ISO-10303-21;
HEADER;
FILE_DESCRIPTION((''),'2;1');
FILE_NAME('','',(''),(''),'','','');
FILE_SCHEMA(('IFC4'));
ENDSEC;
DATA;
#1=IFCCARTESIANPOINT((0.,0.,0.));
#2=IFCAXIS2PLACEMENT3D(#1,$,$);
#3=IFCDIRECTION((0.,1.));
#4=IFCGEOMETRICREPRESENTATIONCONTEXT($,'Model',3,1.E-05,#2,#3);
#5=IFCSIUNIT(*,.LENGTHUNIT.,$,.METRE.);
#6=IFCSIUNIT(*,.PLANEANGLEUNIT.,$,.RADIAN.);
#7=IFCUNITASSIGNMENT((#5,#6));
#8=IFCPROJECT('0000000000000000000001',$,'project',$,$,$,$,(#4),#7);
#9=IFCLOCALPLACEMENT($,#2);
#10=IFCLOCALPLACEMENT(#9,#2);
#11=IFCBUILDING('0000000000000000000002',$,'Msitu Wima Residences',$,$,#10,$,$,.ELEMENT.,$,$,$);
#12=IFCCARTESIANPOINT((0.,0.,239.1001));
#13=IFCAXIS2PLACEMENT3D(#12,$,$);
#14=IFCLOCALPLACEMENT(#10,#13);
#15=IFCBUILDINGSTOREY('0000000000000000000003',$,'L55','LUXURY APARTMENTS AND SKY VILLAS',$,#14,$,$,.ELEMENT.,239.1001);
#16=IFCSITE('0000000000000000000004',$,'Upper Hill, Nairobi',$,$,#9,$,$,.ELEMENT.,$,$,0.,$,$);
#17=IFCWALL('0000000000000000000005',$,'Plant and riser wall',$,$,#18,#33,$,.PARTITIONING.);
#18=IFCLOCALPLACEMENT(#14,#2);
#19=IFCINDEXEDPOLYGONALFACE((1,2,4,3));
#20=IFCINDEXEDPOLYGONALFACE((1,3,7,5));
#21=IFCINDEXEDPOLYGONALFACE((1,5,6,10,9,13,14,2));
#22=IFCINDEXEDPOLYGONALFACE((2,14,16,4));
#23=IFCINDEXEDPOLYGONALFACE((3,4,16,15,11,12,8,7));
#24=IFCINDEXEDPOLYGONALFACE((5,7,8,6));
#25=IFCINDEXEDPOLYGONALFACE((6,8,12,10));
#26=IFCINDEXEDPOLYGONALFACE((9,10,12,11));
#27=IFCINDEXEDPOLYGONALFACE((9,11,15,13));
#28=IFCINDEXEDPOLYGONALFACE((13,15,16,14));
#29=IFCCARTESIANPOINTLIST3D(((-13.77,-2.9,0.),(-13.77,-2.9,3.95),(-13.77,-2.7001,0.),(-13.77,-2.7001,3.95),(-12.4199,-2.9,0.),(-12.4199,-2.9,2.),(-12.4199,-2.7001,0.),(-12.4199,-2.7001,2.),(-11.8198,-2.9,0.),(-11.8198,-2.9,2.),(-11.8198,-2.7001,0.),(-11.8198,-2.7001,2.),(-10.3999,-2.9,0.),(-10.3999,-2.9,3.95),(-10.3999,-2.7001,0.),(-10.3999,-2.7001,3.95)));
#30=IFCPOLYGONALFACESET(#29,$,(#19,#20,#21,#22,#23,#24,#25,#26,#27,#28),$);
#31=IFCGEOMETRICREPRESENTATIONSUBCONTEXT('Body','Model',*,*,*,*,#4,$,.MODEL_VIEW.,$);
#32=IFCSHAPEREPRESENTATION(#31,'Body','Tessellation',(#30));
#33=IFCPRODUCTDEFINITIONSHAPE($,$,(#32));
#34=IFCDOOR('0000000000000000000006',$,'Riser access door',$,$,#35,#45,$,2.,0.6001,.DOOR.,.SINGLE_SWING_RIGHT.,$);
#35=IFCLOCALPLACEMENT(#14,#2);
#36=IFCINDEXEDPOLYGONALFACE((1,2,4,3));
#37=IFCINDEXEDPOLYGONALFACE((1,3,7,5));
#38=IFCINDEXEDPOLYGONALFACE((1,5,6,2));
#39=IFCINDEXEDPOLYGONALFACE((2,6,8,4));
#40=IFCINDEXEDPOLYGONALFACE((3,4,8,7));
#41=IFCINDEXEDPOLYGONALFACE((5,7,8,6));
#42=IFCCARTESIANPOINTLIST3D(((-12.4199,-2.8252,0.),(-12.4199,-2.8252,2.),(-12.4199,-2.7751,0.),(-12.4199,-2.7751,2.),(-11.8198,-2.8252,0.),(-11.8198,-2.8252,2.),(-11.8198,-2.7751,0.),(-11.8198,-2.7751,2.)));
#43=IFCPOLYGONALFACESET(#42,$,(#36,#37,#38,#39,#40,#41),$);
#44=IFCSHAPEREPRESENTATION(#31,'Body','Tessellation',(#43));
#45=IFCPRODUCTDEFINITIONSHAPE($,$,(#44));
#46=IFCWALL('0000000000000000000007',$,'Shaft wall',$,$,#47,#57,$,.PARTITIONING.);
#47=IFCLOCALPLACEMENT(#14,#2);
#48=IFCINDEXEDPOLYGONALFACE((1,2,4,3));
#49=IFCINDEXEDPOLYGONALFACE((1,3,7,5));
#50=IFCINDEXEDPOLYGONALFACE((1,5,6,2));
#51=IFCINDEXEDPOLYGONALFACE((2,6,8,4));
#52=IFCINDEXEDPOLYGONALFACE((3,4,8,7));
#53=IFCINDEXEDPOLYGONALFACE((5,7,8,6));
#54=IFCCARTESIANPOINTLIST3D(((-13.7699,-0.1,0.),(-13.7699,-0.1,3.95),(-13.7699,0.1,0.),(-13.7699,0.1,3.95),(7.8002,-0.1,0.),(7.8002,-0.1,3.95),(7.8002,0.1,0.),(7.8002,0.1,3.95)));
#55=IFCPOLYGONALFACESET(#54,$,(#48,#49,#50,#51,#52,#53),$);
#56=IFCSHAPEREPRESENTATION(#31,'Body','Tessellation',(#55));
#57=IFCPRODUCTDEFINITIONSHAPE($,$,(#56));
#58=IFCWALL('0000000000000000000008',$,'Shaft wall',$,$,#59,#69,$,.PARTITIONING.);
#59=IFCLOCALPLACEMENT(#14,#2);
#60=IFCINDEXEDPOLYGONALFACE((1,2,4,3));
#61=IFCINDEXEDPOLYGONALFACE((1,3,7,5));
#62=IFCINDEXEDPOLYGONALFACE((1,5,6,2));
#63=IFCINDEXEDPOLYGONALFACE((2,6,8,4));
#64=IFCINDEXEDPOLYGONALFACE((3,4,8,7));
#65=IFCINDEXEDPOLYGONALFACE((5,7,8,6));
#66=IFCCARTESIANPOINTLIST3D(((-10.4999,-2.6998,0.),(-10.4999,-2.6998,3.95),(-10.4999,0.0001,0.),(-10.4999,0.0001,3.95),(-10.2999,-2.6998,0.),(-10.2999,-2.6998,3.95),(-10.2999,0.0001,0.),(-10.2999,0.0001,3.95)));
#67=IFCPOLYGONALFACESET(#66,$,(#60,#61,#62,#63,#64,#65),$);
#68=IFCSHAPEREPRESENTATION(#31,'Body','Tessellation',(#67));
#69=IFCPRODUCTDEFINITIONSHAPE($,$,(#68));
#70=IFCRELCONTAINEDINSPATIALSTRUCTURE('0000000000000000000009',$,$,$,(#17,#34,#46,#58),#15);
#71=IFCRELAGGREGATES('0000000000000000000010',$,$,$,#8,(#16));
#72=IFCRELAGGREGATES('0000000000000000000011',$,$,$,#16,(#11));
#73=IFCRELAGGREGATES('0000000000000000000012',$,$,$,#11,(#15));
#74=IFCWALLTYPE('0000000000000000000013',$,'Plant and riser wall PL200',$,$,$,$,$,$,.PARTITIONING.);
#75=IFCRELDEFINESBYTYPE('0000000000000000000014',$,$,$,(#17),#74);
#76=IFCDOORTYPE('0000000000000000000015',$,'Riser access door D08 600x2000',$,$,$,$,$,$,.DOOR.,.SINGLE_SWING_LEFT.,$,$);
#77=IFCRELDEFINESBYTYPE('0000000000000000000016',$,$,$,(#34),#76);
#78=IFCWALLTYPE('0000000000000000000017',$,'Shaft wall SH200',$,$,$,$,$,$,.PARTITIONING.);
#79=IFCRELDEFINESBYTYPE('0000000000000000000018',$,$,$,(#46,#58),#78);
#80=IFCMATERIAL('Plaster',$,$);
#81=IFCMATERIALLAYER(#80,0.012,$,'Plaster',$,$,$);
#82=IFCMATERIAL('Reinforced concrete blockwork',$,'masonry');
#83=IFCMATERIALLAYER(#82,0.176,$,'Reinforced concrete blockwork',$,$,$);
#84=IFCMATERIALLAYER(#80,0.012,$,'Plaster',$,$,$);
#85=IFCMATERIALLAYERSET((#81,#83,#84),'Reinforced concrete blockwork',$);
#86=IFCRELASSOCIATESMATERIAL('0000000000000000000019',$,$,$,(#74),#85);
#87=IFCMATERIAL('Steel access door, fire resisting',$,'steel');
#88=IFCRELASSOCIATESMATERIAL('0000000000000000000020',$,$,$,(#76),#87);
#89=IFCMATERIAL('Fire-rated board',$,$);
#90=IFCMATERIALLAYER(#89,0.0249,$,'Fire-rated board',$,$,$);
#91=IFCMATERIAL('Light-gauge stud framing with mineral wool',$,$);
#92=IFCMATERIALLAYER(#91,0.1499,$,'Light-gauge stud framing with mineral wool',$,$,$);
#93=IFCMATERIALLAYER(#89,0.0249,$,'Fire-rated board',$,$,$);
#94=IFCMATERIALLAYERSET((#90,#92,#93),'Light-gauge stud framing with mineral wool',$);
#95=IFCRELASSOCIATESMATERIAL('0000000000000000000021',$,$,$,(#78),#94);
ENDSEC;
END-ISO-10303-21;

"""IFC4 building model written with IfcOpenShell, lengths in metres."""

from ifc_helpers import new_model, si_unit, direction, frame, frame_2d, origin, place, context, subcontext, project, spatial, rectangle, extrude, material, layer, layer_set, type_object, element, fill, save


model = new_model("IFC4")

# Units and contexts
model_context = context("Model", 3, precision=1e-05, world=origin(), true_north=direction((0.0, 1.0)))
body_context = subcontext(model_context, "Body", "Model", "MODEL_VIEW")
ifc_project = project(units=[si_unit("LENGTHUNIT", "METRE"), si_unit("PLANEANGLEUNIT", "RADIAN")], contexts=[model_context])

# Site, building, storey
site_placement = place(None, origin())
site = spatial("IfcSite", under=ifc_project, at=site_placement, Name="Upper Hill, Nairobi", CompositionType="ELEMENT", RefElevation=0.0)
building_placement = place(site_placement, origin())
building = spatial("IfcBuilding", under=site, at=building_placement, Name="Msitu Wima Residences", CompositionType="ELEMENT")
storey_placement = place(building_placement, frame((0.0, 0.0, 239.1001)))
storey = spatial("IfcBuildingStorey", under=building, at=storey_placement, Name="L55", Description="LUXURY APARTMENTS AND SKY VILLAS", CompositionType="ELEMENT", Elevation=239.1001)

# Wall, opening, door
ifc_material_1 = material(Name="Plaster")
ifc_layer_1 = layer(ifc_material_1, 0.012, Name="Plaster")
ifc_material_2 = material(Name="Reinforced concrete blockwork", Category="masonry")
ifc_layer_2 = layer(ifc_material_2, 0.176, Name="Reinforced concrete blockwork")
ifc_layer_3 = layer(ifc_material_1, 0.012, Name="Plaster")
ifc_layer_set_1 = layer_set([ifc_layer_1, ifc_layer_2, ifc_layer_3], Name="Reinforced concrete blockwork")
wall_type_1 = type_object("IfcWallType", Name="Plant and riser wall PL200", PredefinedType="PARTITIONING", material=ifc_layer_set_1)
wall_1_placement = place(storey_placement, frame((-13.77, -2.8, 0.0), z_axis=(0.0, 0.0, 1.0), x_axis=(1.0, 0.0, 0.0)))
wall_1 = element("IfcWall", 1, at=wall_1_placement, inside=storey, type_object=wall_type_1, Name="Plant and riser wall", PredefinedType="PARTITIONING", context=body_context, shape_type="SweptSolid", body=[
    extrude(rectangle(XDim=3.3701, YDim=0.2, at=frame_2d((1.6851, 0.0))), origin(), (0.0, 0.0, 1.0), 3.95),
])
opening_1_placement = place(wall_1_placement, frame((1.3501, 0.0, 0.0)))
opening_1 = element("IfcOpeningElement", 2, at=opening_1_placement, cuts=wall_1, PredefinedType="OPENING", context=body_context, shape_type="SweptSolid", body=[
    extrude(rectangle(XDim=0.6001, YDim=2.0, at=frame_2d((0.3, 1.0))), frame((0.0, 0.1099, 0.0), z_axis=(0.0, -1.0, 0.0), x_axis=(1.0, 0.0, 0.0)), (0.0, 0.0, 1.0), 0.22),
])
ifc_material_3 = material(Name="Steel access door, fire resisting", Category="steel")
door_type_1 = type_object("IfcDoorType", Name="Riser access door D08 600x2000", OperationType="SINGLE_SWING_LEFT", PredefinedType="DOOR", material=ifc_material_3)
door_1_placement = place(opening_1_placement, origin())
door_1 = element("IfcDoor", 3, at=door_1_placement, inside=storey, type_object=door_type_1, Name="Riser access door", OperationType="SINGLE_SWING_RIGHT", OverallHeight=2.0, OverallWidth=0.6001, PredefinedType="DOOR", context=body_context, shape_type="SweptSolid", body=[
    extrude(rectangle(XDim=0.6001, YDim=2.0, at=frame_2d((0.3, 1.0))), frame((0.0, 0.0249, 0.0), z_axis=(0.0, -1.0, 0.0), x_axis=(1.0, 0.0, 0.0)), (0.0, 0.0, 1.0), 0.05),
])
fill(opening_1, door_1)

# Walls
ifc_material_4 = material(Name="Fire-rated board")
ifc_layer_4 = layer(ifc_material_4, 0.0249, Name="Fire-rated board")
ifc_material_5 = material(Name="Light-gauge stud framing with mineral wool")
ifc_layer_5 = layer(ifc_material_5, 0.1499, Name="Light-gauge stud framing with mineral wool")
ifc_layer_6 = layer(ifc_material_4, 0.0249, Name="Fire-rated board")
ifc_layer_set_2 = layer_set([ifc_layer_4, ifc_layer_5, ifc_layer_6], Name="Light-gauge stud framing with mineral wool")
wall_type_2 = type_object("IfcWallType", Name="Shaft wall SH200", PredefinedType="PARTITIONING", material=ifc_layer_set_2)
wall_2_placement = place(storey_placement, frame((-13.77, 0.0, 0.0), z_axis=(0.0, 0.0, 1.0), x_axis=(1.0, 0.0, 0.0)))
element("IfcWall", 4, at=wall_2_placement, inside=storey, type_object=wall_type_2, Name="Shaft wall", PredefinedType="PARTITIONING", context=body_context, shape_type="SweptSolid", body=[
    extrude(rectangle(XDim=21.5701, YDim=0.2, at=frame_2d((10.7852, 0.0))), origin(), (0.0, 0.0, 1.0), 3.95),
])
wall_3_placement = place(storey_placement, frame((-10.3999, -2.7, 0.0), z_axis=(0.0, 0.0, 1.0), x_axis=(0.0, 1.0, 0.0)))
element("IfcWall", 5, at=wall_3_placement, inside=storey, type_object=wall_type_2, Name="Shaft wall", PredefinedType="PARTITIONING", context=body_context, shape_type="SweptSolid", body=[
    extrude(rectangle(XDim=2.7, YDim=0.2, at=frame_2d((1.3501, 0.0))), origin(), (0.0, 0.0, 1.0), 3.95),
])

save(model, "model.ifc")
